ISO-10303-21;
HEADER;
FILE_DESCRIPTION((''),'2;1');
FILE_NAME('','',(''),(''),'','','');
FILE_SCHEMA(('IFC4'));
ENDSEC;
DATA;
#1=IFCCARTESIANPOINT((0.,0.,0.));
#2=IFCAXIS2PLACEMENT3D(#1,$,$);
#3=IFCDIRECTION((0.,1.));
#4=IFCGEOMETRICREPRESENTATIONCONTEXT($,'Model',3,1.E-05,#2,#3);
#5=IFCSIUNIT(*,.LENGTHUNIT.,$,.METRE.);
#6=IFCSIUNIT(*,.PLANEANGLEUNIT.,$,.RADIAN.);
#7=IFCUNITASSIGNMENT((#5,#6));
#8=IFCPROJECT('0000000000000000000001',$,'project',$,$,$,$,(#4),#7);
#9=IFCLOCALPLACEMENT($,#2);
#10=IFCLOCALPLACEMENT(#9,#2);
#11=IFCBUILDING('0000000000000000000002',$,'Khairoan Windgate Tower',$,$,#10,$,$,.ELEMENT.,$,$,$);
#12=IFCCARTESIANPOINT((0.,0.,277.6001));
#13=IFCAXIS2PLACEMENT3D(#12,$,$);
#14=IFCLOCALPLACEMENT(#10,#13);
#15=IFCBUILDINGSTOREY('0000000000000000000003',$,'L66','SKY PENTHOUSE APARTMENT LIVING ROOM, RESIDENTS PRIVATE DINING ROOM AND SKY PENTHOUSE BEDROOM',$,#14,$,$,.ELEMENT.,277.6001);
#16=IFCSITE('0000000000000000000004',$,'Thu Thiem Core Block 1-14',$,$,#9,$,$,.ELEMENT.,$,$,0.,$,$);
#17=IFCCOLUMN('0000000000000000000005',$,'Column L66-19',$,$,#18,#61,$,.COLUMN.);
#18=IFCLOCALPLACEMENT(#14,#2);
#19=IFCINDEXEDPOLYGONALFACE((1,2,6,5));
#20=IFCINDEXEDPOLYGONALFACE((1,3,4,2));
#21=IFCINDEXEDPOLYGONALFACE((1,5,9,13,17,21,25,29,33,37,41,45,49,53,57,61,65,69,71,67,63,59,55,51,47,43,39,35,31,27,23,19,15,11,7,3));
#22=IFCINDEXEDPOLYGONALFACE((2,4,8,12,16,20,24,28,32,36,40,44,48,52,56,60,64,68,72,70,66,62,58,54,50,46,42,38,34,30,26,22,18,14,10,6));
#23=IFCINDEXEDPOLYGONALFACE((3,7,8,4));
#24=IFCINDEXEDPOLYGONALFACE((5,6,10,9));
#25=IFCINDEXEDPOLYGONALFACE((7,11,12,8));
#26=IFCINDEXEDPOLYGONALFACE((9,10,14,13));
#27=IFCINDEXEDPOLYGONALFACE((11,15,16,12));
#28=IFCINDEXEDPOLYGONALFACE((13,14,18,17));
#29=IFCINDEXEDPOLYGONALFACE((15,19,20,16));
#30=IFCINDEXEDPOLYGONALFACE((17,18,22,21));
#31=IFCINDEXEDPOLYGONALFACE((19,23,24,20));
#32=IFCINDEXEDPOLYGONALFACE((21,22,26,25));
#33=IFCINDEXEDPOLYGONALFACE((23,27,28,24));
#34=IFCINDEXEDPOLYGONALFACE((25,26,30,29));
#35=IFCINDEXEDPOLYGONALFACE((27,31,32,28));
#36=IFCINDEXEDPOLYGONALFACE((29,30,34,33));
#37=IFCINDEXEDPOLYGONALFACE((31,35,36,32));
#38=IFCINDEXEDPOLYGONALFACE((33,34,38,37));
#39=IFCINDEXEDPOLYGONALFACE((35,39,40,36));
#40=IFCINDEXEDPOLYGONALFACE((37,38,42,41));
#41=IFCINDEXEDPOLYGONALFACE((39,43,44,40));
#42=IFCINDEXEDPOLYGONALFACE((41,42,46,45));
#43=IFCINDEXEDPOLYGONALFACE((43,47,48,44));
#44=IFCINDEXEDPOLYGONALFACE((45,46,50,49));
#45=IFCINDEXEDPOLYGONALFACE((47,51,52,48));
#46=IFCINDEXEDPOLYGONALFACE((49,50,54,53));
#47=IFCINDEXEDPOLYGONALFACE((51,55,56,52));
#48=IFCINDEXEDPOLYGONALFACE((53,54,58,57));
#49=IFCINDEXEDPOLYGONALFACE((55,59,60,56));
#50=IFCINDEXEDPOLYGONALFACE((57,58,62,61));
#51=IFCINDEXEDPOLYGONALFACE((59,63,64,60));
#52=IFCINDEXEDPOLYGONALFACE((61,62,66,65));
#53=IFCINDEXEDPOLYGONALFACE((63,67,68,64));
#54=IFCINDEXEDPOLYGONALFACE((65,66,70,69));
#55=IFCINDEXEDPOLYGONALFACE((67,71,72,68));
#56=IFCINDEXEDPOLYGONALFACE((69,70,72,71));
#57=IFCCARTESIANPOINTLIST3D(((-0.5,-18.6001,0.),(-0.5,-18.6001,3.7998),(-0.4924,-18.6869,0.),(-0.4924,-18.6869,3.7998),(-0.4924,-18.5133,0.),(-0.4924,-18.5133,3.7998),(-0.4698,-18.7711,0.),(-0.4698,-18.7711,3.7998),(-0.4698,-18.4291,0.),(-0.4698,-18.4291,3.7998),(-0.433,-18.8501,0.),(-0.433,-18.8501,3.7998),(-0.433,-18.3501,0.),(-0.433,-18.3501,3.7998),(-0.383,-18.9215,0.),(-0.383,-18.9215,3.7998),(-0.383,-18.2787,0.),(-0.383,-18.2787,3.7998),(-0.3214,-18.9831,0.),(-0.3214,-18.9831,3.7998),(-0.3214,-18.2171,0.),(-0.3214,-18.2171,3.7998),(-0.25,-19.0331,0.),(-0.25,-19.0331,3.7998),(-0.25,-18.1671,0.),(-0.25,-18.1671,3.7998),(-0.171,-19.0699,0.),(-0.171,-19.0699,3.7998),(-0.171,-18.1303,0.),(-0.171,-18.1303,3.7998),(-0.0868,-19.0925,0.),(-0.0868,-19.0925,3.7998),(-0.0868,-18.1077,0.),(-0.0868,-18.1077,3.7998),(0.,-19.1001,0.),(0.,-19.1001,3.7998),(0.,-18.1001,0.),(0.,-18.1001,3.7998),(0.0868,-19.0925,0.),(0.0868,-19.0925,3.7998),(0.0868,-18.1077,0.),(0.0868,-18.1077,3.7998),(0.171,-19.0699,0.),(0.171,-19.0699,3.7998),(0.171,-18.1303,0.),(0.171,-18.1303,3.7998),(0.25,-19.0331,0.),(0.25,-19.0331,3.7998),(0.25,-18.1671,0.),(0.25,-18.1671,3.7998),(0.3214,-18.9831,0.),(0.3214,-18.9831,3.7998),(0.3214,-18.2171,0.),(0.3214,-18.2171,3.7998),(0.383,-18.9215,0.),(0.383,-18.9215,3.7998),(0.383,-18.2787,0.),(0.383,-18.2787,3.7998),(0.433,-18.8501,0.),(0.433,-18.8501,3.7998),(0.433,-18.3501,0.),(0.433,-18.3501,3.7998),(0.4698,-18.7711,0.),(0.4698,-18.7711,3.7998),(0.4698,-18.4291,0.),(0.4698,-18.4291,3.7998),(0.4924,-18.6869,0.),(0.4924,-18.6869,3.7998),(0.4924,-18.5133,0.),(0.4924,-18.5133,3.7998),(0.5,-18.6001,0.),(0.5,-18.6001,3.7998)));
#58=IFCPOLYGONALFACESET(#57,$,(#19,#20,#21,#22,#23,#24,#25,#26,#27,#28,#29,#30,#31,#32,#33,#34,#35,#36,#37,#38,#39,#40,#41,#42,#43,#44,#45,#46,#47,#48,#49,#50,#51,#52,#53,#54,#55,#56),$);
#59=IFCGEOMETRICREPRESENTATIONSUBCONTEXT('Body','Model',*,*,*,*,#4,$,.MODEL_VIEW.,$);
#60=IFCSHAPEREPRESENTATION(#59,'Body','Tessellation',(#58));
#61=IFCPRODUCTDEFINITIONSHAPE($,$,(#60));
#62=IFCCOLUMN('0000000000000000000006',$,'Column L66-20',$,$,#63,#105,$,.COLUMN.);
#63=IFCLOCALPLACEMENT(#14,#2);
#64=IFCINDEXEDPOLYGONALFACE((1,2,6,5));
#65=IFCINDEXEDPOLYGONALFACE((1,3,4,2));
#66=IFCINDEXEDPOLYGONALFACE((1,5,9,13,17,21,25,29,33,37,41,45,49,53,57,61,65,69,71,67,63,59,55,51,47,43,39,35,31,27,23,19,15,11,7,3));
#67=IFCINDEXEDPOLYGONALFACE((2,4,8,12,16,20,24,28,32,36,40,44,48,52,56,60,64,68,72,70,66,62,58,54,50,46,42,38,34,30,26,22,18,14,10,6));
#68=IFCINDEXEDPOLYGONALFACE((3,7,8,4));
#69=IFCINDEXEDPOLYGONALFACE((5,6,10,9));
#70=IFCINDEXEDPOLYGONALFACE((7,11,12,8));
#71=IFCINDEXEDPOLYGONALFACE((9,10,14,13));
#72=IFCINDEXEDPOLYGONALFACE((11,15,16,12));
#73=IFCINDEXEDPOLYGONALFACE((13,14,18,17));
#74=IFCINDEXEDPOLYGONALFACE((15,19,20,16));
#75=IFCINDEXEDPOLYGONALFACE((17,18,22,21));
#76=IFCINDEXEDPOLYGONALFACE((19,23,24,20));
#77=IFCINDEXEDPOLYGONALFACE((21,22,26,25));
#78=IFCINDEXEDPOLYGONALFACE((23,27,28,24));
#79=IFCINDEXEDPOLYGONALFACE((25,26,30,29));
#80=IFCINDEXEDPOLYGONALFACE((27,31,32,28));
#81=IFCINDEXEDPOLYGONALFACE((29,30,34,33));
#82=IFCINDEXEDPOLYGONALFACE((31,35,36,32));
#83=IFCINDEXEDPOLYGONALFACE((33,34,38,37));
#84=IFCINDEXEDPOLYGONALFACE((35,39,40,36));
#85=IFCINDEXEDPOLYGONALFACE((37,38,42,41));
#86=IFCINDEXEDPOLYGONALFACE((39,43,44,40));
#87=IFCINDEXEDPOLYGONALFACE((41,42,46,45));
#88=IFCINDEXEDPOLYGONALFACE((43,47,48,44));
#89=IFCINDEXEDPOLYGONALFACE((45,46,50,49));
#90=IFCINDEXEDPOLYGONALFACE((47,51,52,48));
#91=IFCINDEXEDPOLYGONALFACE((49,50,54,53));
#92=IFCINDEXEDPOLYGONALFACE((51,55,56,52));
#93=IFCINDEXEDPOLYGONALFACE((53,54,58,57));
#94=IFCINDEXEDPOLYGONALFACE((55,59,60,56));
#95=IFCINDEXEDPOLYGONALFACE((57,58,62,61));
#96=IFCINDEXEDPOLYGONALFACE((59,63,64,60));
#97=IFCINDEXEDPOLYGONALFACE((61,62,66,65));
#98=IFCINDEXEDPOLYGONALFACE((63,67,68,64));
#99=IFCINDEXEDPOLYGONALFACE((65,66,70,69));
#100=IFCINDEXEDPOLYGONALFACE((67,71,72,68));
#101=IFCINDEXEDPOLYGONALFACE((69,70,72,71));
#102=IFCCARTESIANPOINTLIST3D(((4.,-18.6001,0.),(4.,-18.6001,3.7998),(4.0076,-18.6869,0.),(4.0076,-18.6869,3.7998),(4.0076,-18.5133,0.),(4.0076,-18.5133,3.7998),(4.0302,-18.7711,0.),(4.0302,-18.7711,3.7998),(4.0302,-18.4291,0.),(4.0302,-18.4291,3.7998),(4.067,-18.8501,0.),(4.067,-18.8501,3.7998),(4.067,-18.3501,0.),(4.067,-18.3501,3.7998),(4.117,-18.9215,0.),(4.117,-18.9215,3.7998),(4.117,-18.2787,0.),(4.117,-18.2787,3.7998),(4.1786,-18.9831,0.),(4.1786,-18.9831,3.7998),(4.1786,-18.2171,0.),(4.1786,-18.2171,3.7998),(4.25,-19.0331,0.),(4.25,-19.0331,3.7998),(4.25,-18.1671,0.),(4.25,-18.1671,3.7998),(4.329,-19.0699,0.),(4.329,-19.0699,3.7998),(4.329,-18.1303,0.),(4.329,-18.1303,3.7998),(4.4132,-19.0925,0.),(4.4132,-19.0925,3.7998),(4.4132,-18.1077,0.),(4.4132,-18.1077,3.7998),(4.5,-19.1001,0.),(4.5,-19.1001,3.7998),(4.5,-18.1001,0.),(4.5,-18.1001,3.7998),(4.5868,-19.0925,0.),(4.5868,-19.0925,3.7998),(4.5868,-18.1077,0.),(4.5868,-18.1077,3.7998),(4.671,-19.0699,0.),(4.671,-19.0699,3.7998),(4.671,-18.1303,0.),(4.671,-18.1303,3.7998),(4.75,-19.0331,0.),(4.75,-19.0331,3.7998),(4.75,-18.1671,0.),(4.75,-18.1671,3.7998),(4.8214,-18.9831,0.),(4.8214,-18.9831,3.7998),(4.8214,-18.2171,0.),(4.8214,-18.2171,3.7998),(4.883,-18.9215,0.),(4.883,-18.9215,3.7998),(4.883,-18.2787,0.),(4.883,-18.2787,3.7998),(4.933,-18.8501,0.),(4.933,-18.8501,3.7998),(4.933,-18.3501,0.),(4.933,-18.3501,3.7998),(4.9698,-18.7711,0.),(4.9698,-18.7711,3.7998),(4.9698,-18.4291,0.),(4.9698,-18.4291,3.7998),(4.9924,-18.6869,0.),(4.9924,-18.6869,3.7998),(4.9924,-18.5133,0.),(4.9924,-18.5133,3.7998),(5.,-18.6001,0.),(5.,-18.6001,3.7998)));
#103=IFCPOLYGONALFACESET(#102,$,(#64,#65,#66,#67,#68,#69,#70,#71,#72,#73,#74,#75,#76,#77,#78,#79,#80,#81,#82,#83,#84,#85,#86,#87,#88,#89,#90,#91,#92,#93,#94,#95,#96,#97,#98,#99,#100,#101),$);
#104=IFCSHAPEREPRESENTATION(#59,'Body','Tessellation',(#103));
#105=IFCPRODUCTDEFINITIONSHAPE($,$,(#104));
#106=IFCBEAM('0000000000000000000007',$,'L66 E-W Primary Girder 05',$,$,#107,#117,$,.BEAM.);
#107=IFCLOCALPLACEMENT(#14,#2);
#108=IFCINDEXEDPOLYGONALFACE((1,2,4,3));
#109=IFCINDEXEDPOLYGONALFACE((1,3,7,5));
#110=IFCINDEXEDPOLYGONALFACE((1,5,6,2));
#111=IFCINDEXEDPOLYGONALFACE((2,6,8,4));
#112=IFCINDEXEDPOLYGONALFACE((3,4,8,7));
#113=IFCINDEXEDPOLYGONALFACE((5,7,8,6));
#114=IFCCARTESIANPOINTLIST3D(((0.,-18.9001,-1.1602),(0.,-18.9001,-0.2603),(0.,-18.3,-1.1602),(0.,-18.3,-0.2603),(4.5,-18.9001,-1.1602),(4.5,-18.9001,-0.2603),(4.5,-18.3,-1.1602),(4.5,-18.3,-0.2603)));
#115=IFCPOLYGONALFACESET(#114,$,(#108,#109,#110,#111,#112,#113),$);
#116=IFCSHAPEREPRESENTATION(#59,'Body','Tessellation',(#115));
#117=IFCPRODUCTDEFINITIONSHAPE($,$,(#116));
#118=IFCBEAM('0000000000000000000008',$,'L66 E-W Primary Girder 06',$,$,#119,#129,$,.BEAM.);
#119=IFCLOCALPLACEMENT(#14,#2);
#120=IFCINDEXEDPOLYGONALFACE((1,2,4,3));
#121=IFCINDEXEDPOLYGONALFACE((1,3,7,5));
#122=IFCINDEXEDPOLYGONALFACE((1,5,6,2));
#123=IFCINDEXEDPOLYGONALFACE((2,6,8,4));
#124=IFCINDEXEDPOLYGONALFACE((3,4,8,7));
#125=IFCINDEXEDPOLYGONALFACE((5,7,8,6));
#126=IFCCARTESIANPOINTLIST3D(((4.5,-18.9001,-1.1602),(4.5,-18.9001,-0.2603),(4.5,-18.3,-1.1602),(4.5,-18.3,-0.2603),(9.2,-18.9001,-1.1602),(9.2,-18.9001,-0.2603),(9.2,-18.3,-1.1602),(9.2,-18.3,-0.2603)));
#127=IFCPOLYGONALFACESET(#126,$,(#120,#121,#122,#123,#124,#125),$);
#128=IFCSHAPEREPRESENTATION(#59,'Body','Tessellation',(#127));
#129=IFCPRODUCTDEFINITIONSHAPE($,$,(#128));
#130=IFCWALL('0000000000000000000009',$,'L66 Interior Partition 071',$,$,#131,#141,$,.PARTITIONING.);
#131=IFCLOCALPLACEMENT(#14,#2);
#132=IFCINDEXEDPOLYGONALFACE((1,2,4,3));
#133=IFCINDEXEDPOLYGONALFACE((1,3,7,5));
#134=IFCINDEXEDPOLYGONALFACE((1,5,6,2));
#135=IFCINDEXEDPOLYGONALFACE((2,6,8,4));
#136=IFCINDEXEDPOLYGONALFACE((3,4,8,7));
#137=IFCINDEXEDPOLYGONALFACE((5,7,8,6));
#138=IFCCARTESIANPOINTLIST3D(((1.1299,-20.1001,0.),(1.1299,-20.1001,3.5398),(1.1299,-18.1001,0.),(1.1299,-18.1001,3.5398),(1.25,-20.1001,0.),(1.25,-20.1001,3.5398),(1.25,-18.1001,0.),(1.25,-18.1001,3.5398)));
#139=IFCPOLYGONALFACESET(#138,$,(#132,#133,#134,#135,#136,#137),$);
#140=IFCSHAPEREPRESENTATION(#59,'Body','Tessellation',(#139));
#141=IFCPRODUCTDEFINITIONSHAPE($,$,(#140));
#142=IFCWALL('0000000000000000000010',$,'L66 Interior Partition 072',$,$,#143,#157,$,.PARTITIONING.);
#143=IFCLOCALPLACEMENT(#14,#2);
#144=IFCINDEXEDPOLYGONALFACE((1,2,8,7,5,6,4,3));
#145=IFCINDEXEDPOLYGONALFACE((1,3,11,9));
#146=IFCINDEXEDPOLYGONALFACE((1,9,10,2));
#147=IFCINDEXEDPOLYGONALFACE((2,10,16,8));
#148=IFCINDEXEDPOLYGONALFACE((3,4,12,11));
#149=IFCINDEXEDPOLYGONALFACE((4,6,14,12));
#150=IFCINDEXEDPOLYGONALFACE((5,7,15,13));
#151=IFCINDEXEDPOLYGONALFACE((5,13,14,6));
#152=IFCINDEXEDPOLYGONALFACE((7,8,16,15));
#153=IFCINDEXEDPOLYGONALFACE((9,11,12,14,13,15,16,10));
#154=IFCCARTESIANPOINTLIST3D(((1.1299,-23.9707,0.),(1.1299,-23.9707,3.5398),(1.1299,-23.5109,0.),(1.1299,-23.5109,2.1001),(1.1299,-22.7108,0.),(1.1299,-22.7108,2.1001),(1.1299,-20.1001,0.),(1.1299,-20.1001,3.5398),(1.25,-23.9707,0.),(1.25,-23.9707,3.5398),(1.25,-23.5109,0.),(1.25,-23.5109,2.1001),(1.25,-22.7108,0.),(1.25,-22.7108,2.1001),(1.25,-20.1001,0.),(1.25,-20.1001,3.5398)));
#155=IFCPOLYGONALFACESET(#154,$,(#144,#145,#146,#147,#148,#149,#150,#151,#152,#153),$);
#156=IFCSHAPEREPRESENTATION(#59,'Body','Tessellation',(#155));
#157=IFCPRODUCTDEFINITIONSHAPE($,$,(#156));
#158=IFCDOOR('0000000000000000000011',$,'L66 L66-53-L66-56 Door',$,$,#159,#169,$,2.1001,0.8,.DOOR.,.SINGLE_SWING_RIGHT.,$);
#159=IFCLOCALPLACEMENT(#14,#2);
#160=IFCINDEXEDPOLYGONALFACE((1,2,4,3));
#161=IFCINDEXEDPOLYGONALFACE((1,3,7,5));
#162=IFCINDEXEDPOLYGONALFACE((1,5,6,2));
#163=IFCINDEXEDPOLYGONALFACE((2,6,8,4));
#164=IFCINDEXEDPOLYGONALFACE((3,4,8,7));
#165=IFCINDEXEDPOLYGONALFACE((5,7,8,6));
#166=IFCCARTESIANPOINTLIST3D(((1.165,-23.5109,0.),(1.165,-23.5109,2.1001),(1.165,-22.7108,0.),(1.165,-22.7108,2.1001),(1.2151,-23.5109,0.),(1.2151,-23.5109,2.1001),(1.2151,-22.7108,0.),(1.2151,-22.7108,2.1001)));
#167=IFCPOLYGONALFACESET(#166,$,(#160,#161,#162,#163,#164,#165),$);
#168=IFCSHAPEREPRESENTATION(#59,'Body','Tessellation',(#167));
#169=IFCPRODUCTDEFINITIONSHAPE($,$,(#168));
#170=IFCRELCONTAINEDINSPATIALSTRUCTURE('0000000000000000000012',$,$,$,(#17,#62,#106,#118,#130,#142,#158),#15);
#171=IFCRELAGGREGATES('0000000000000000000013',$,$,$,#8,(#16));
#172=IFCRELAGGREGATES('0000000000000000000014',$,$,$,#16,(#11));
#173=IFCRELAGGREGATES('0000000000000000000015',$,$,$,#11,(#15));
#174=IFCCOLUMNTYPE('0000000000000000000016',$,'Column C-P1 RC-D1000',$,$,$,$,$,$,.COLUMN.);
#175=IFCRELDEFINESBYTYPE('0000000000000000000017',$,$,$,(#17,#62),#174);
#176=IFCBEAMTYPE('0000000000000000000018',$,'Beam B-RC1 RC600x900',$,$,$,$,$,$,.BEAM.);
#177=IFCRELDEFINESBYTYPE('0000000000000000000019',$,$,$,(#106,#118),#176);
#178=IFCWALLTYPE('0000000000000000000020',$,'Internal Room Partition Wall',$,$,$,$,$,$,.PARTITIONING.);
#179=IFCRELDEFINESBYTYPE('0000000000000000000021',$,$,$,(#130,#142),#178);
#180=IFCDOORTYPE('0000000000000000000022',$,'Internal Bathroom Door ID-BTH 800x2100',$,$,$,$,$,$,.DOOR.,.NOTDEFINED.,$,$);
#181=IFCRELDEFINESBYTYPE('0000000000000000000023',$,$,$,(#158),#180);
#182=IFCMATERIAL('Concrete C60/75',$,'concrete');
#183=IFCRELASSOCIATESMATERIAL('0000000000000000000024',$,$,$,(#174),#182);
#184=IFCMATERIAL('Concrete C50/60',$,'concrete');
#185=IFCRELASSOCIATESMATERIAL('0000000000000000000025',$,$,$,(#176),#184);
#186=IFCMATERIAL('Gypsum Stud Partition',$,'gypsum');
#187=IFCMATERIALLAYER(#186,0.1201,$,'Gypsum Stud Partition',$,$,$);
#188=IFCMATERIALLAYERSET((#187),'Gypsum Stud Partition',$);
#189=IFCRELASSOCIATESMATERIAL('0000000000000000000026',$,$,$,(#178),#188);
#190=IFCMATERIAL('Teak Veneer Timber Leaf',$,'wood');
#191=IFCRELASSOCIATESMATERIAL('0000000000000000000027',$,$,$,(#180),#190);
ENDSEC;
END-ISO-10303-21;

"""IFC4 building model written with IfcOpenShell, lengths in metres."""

from ifc_helpers import new_model, si_unit, direction, frame, frame_2d, origin, origin_2d, place, context, subcontext, project, spatial, rectangle, circle, extrude, material, layer, layer_set, material_profile, profile_set, type_object, element, fill, save


model = new_model("IFC4")

# Units and contexts
model_context = context("Model", 3, precision=1e-05, world=origin(), true_north=direction((0.0, 1.0)))
body_context = subcontext(model_context, "Body", "Model", "MODEL_VIEW")
ifc_project = project(units=[si_unit("LENGTHUNIT", "METRE"), si_unit("PLANEANGLEUNIT", "RADIAN")], contexts=[model_context])

# Site, building, storey
site_placement = place(None, origin())
site = spatial("IfcSite", under=ifc_project, at=site_placement, Name="Thu Thiem Core Block 1-14", CompositionType="ELEMENT", RefElevation=0.0)
building_placement = place(site_placement, origin())
building = spatial("IfcBuilding", under=site, at=building_placement, Name="Khairoan Windgate Tower", CompositionType="ELEMENT")
storey_placement = place(building_placement, frame((0.0, 0.0, 277.6001)))
storey = spatial("IfcBuildingStorey", under=building, at=storey_placement, Name="L66", Description="SKY PENTHOUSE APARTMENT LIVING ROOM, RESIDENTS PRIVATE DINING ROOM AND SKY PENTHOUSE BEDROOM", CompositionType="ELEMENT", Elevation=277.6001)

# Columns
ifc_material_1 = material(Name="Concrete C60/75", Category="concrete")
ifc_material_profile_1 = material_profile(ifc_material_1, circle(Radius=0.5, at=origin_2d()))
ifc_profile_set_1 = profile_set([ifc_material_profile_1], Name="Concrete C60/75")
column_type = type_object("IfcColumnType", Name="Column C-P1 RC-D1000", PredefinedType="COLUMN", material=ifc_profile_set_1)
for number, where, z_axis, x_axis, name in (
    (1, (0.0, -18.6001, 0.0), (0.0, 0.0, 1.0), (1.0, 0.0, 0.0), "Column L66-19"),
    (2, (4.5, -18.6001, 0.0), (0.0, 0.0, 1.0), (1.0, 0.0, 0.0), "Column L66-20"),
):
    element("IfcColumn", number, at=place(storey_placement, frame(where, z_axis=z_axis, x_axis=x_axis)), inside=storey, type_object=column_type, Name=name, PredefinedType="COLUMN", context=body_context, shape_type="SweptSolid", body=[
        extrude(circle(Radius=0.5, at=origin_2d()), origin(), (0.0, 0.0, 1.0), 3.7998),
    ])

# Beams
ifc_material_2 = material(Name="Concrete C50/60", Category="concrete")
ifc_material_profile_2 = material_profile(ifc_material_2, rectangle(XDim=0.6001, YDim=0.8999, at=origin_2d()))
ifc_profile_set_2 = profile_set([ifc_material_profile_2], Name="Concrete C50/60")
beam_type = type_object("IfcBeamType", Name="Beam B-RC1 RC600x900", PredefinedType="BEAM", material=ifc_profile_set_2)
beam_1_placement = place(storey_placement, frame((0.0, -18.6001, -0.7102), z_axis=(1.0, 0.0, 0.0), x_axis=(0.0, 1.0, 0.0)))
element("IfcBeam", 3, at=beam_1_placement, inside=storey, type_object=beam_type, Name="L66 E-W Primary Girder 05", PredefinedType="BEAM", context=body_context, shape_type="SweptSolid", body=[
    extrude(rectangle(XDim=0.6001, YDim=0.8999, at=origin_2d()), origin(), (0.0, 0.0, 1.0), 4.5),
])
beam_2_placement = place(storey_placement, frame((4.5, -18.6001, -0.7102), z_axis=(1.0, 0.0, 0.0), x_axis=(0.0, 1.0, 0.0)))
element("IfcBeam", 4, at=beam_2_placement, inside=storey, type_object=beam_type, Name="L66 E-W Primary Girder 06", PredefinedType="BEAM", context=body_context, shape_type="SweptSolid", body=[
    extrude(rectangle(XDim=0.6001, YDim=0.8999, at=origin_2d()), origin(), (0.0, 0.0, 1.0), 4.7),
])

# Wall
ifc_material_3 = material(Name="Gypsum Stud Partition", Category="gypsum")
ifc_layer = layer(ifc_material_3, 0.1201, Name="Gypsum Stud Partition")
ifc_layer_set = layer_set([ifc_layer], Name="Gypsum Stud Partition")
wall_type = type_object("IfcWallType", Name="Internal Room Partition Wall", PredefinedType="PARTITIONING", material=ifc_layer_set)
wall_1_placement = place(storey_placement, frame((1.1899, -20.1001, 0.0), z_axis=(0.0, 0.0, 1.0), x_axis=(0.0, 1.0, 0.0)))
element("IfcWall", 5, at=wall_1_placement, inside=storey, type_object=wall_type, Name="L66 Interior Partition 071", PredefinedType="PARTITIONING", context=body_context, shape_type="SweptSolid", body=[
    extrude(rectangle(XDim=2.0, YDim=0.1201, at=frame_2d((1.0, 0.0))), origin(), (0.0, 0.0, 1.0), 3.5398),
])

# Wall, opening, door
wall_2_placement = place(storey_placement, frame((1.1899, -23.9707, 0.0), z_axis=(0.0, 0.0, 1.0), x_axis=(0.0, 1.0, 0.0)))
wall_2 = element("IfcWall", 6, at=wall_2_placement, inside=storey, type_object=wall_type, Name="L66 Interior Partition 072", PredefinedType="PARTITIONING", context=body_context, shape_type="SweptSolid", body=[
    extrude(rectangle(XDim=3.8706, YDim=0.1201, at=frame_2d((1.9353, 0.0))), origin(), (0.0, 0.0, 1.0), 3.5398),
])
opening_1_placement = place(wall_2_placement, frame((0.46, 0.0, 0.0)))
opening_1 = element("IfcOpeningElement", 7, at=opening_1_placement, cuts=wall_2, PredefinedType="OPENING", context=body_context, shape_type="SweptSolid", body=[
    extrude(rectangle(XDim=0.8, YDim=2.1001, at=frame_2d((0.3999, 1.05))), frame((0.0, 0.0701, 0.0), z_axis=(0.0, -1.0, 0.0), x_axis=(1.0, 0.0, 0.0)), (0.0, 0.0, 1.0), 0.1401),
])
ifc_material_4 = material(Name="Teak Veneer Timber Leaf", Category="wood")
door_type_1 = type_object("IfcDoorType", Name="Internal Bathroom Door ID-BTH 800x2100", OperationType="NOTDEFINED", PredefinedType="DOOR", material=ifc_material_4)
door_1_placement = place(opening_1_placement, origin())
door_1 = element("IfcDoor", 8, at=door_1_placement, inside=storey, type_object=door_type_1, Name="L66 L66-53-L66-56 Door", OperationType="SINGLE_SWING_RIGHT", OverallHeight=2.1001, OverallWidth=0.8, PredefinedType="DOOR", context=body_context, shape_type="SweptSolid", body=[
    extrude(rectangle(XDim=0.8, YDim=2.1001, at=frame_2d((0.3999, 1.05))), frame((0.0, 0.0249, 0.0), z_axis=(0.0, -1.0, 0.0), x_axis=(1.0, 0.0, 0.0)), (0.0, 0.0, 1.0), 0.05),
])
fill(opening_1, door_1)

save(model, "model.ifc")
